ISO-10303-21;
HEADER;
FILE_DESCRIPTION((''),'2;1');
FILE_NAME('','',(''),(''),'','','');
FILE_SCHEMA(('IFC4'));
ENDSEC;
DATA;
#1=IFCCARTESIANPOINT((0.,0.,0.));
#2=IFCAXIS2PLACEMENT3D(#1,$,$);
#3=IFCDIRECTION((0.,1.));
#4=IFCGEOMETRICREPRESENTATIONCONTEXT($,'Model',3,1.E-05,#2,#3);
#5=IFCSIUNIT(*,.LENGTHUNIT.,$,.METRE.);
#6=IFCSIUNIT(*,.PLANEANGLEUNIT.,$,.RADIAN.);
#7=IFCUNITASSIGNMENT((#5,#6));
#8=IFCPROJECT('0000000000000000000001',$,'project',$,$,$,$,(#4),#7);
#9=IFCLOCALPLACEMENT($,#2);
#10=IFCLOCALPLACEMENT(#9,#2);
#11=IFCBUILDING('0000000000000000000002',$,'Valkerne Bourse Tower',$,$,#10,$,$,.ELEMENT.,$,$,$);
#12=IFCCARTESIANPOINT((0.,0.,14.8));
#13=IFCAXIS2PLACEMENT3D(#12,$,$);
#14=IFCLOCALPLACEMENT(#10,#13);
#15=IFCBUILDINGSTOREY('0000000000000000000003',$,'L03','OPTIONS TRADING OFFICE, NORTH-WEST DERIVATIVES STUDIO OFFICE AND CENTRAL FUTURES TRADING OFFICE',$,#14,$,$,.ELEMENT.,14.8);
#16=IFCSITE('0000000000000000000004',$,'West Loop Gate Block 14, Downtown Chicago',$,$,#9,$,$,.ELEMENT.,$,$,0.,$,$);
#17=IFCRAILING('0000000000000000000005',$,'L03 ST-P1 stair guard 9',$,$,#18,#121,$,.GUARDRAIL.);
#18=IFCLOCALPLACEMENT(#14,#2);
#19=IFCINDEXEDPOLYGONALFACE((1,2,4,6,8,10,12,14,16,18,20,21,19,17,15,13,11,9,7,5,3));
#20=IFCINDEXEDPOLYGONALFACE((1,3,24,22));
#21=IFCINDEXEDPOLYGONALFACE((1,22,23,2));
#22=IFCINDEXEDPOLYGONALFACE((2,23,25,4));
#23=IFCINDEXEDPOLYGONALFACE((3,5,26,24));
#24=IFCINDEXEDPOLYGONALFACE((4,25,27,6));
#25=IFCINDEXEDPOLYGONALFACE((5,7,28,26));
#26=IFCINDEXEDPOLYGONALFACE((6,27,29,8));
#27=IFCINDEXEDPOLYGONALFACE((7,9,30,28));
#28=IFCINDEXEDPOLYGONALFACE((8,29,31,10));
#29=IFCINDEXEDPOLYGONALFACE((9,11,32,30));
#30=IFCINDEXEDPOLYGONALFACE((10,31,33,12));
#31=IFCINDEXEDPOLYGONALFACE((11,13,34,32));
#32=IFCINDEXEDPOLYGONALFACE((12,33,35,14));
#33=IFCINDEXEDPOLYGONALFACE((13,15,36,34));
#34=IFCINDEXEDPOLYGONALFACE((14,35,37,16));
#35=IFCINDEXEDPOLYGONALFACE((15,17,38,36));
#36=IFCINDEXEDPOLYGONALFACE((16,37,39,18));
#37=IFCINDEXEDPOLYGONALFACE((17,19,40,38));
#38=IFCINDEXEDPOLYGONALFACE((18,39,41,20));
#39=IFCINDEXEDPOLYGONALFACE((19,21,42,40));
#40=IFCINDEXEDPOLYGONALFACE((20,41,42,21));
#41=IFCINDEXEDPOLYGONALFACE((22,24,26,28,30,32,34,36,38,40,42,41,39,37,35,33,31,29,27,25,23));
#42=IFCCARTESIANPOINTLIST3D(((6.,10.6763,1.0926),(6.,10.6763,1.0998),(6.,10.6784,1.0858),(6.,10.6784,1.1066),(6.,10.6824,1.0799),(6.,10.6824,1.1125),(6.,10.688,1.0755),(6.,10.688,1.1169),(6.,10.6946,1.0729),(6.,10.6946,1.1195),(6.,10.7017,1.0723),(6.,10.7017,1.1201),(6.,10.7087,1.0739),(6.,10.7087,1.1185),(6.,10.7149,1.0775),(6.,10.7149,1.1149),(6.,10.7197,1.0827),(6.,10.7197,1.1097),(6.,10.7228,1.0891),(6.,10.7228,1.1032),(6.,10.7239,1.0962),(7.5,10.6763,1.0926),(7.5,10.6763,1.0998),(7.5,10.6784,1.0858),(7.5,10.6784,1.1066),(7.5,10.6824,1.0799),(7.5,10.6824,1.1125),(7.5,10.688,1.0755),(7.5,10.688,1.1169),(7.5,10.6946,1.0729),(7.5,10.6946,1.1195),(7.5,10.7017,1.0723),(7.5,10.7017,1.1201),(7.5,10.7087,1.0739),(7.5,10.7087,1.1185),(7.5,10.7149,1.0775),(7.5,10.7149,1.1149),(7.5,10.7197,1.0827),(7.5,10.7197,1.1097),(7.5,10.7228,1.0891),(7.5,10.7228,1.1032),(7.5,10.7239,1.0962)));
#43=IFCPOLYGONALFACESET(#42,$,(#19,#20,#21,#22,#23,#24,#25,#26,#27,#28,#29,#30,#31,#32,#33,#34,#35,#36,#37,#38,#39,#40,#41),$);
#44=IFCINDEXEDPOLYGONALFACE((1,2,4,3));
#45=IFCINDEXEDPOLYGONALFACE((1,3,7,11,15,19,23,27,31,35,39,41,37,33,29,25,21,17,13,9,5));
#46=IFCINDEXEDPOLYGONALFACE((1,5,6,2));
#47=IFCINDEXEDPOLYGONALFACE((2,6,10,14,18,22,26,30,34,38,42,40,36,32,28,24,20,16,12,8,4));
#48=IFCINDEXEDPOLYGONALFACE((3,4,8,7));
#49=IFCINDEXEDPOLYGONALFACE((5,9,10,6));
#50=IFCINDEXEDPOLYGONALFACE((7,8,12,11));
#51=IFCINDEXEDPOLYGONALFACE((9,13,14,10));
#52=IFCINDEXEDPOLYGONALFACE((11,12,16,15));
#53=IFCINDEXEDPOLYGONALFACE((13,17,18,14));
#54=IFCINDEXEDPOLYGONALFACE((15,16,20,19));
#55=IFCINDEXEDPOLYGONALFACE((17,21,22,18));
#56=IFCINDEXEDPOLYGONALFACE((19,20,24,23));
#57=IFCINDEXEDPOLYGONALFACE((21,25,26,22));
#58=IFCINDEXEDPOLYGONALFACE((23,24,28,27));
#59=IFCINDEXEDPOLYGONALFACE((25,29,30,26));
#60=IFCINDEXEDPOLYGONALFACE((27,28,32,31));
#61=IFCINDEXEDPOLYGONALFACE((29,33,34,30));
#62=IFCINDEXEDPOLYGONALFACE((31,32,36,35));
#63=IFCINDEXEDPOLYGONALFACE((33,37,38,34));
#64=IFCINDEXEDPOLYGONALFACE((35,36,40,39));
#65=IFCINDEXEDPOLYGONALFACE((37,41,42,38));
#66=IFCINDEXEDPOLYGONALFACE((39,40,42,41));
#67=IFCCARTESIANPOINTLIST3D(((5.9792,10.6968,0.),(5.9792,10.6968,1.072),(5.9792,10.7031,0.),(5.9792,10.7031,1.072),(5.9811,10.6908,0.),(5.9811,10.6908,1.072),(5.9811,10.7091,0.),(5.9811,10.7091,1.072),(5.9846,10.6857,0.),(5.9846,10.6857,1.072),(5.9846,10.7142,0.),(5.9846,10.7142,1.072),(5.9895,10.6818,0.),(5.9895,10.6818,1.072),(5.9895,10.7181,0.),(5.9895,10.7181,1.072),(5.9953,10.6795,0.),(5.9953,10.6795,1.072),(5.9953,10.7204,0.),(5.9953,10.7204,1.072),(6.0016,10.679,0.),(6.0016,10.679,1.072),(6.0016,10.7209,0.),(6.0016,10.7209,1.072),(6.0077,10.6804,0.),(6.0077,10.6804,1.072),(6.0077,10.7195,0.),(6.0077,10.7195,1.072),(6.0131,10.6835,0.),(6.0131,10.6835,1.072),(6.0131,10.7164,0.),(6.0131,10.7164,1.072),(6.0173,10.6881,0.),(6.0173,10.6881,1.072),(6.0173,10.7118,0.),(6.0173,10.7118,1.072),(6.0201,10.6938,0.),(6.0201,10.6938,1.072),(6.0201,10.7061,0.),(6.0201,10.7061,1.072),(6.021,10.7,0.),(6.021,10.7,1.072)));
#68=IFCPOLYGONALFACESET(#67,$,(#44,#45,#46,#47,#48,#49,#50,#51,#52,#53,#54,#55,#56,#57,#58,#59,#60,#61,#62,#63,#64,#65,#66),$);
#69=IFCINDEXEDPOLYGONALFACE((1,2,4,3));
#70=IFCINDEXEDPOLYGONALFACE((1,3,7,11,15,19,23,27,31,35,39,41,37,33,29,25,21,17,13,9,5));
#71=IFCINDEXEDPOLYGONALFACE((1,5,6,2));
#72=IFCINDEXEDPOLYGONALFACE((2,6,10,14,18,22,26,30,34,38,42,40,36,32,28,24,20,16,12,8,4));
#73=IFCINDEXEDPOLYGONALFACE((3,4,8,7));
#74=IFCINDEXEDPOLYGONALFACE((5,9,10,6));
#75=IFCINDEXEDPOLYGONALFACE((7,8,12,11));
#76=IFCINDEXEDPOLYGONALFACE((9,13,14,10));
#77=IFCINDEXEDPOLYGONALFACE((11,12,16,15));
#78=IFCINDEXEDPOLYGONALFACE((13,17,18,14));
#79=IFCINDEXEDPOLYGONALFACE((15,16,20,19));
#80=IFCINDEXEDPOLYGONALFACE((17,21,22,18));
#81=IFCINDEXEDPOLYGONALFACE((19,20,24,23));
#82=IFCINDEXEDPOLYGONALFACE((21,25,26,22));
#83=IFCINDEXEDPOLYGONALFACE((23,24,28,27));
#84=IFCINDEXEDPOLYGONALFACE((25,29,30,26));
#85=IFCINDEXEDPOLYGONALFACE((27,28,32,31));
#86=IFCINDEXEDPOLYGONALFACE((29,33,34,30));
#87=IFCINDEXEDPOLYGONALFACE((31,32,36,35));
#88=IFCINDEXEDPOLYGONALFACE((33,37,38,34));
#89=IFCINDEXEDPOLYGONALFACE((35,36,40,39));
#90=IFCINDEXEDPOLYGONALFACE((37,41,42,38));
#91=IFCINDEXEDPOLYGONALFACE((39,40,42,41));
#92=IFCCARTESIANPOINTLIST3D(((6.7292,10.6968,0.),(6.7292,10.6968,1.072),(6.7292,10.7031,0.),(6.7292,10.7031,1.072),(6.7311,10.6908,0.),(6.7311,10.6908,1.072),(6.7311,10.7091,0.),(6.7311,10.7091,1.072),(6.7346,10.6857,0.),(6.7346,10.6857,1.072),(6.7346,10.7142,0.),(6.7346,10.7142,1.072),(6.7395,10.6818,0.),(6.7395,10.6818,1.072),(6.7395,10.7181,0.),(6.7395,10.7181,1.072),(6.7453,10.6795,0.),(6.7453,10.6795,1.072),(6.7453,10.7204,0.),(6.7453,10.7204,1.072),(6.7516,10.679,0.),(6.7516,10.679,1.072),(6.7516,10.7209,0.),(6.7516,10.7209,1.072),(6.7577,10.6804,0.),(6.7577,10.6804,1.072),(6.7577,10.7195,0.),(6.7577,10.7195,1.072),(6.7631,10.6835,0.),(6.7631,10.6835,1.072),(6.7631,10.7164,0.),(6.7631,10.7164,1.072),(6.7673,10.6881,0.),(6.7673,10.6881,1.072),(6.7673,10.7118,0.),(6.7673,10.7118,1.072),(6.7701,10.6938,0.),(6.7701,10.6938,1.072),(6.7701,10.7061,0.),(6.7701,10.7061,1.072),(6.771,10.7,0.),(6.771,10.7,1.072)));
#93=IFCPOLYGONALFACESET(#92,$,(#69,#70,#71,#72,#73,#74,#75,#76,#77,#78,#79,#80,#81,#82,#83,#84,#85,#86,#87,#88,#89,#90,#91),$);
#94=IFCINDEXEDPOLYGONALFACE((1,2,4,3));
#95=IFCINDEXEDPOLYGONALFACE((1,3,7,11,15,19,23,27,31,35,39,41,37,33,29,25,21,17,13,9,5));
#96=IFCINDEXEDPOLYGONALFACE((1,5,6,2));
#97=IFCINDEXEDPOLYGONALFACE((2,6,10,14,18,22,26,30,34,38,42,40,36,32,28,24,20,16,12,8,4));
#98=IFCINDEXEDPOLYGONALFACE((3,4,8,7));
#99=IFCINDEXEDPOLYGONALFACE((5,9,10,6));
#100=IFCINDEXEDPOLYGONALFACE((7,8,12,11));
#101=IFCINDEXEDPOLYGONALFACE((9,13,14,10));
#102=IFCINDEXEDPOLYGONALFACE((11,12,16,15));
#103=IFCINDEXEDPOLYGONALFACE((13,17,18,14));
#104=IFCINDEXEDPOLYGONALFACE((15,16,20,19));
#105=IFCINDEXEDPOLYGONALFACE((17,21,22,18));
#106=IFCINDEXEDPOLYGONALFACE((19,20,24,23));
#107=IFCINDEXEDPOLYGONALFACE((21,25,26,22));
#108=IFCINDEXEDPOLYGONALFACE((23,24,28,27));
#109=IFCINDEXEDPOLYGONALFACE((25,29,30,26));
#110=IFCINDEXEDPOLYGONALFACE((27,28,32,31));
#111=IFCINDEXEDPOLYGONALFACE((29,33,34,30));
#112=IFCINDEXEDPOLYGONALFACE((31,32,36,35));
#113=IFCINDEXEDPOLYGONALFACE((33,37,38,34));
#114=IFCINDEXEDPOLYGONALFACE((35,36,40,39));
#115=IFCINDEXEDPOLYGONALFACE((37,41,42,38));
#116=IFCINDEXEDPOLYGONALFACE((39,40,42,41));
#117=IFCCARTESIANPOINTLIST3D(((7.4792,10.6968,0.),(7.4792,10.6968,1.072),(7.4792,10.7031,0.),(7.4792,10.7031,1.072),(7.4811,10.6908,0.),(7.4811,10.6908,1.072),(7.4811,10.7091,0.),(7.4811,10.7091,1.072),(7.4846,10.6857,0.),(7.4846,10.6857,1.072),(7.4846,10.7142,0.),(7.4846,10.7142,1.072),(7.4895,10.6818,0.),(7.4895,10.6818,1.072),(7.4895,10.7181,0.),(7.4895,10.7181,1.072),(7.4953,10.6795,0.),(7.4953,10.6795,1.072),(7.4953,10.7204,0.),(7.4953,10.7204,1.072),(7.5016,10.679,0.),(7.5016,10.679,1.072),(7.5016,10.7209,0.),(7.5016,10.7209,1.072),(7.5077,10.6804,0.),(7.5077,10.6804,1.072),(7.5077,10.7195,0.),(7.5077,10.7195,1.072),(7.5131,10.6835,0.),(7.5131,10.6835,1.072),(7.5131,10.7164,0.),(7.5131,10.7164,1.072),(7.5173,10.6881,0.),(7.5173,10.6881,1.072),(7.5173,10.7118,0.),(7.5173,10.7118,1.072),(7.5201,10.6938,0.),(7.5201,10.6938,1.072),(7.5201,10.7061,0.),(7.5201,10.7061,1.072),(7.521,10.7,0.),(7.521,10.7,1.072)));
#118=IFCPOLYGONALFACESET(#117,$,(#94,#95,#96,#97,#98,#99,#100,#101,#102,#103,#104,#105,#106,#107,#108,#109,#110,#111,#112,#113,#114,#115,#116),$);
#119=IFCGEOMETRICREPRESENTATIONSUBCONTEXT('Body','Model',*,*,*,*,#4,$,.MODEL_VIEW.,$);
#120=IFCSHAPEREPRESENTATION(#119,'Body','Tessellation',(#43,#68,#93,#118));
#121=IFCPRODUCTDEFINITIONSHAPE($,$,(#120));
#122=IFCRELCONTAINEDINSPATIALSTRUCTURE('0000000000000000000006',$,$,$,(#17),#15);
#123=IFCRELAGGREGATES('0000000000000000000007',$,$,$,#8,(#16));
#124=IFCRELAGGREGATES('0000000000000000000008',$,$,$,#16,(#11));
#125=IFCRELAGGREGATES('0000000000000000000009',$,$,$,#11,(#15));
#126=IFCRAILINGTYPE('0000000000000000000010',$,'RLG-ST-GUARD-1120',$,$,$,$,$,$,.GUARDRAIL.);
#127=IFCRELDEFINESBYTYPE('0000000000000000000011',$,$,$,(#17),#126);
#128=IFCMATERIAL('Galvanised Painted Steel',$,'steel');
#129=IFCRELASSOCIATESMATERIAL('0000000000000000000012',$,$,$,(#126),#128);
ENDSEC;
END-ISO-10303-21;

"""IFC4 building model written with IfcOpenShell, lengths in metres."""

from ifc_helpers import new_model, si_unit, direction, frame, origin, origin_2d, place, context, subcontext, project, spatial, circle, extrude, material, type_object, element, save


model = new_model("IFC4")

# Units and contexts
model_context = context("Model", 3, precision=1e-05, world=origin(), true_north=direction((0.0, 1.0)))
body_context = subcontext(model_context, "Body", "Model", "MODEL_VIEW")
ifc_project = project(units=[si_unit("LENGTHUNIT", "METRE"), si_unit("PLANEANGLEUNIT", "RADIAN")], contexts=[model_context])

# Site, building, storey
site_placement = place(None, origin())
site = spatial("IfcSite", under=ifc_project, at=site_placement, Name="West Loop Gate Block 14, Downtown Chicago", CompositionType="ELEMENT", RefElevation=0.0)
building_placement = place(site_placement, origin())
building = spatial("IfcBuilding", under=site, at=building_placement, Name="Valkerne Bourse Tower", CompositionType="ELEMENT")
storey_placement = place(building_placement, frame((0.0, 0.0, 14.8)))
storey = spatial("IfcBuildingStorey", under=building, at=storey_placement, Name="L03", Description="OPTIONS TRADING OFFICE, NORTH-WEST DERIVATIVES STUDIO OFFICE AND CENTRAL FUTURES TRADING OFFICE", CompositionType="ELEMENT", Elevation=14.8)

# Shared definitions
ifc_material_1 = material(Name="Galvanised Painted Steel", Category="steel")

# Railing
railing_type_1 = type_object("IfcRailingType", Name="RLG-ST-GUARD-1120", PredefinedType="GUARDRAIL", material=ifc_material_1)
railing_1_placement = place(storey_placement, frame((6.0, 10.7, 0.0)))
element("IfcRailing", 1, at=railing_1_placement, inside=storey, type_object=railing_type_1, Name="L03 ST-P1 stair guard 9", PredefinedType="GUARDRAIL", context=body_context, shape_type="SweptSolid", body=[
    extrude(circle(Radius=0.0239, at=origin_2d()), frame((0.0, 0.0, 1.0962), z_axis=(1.0, 0.0, 0.0), x_axis=(0.0, 1.0, 0.0)), (0.0, 0.0, 1.0), 1.5),
    extrude(circle(Radius=0.021, at=origin_2d()), origin(), (0.0, 0.0, 1.0), 1.072),
    extrude(circle(Radius=0.021, at=origin_2d()), frame((0.75, 0.0, 0.0)), (0.0, 0.0, 1.0), 1.072),
    extrude(circle(Radius=0.021, at=origin_2d()), frame((1.5, 0.0, 0.0)), (0.0, 0.0, 1.0), 1.072),
])

save(model, "model.ifc")
